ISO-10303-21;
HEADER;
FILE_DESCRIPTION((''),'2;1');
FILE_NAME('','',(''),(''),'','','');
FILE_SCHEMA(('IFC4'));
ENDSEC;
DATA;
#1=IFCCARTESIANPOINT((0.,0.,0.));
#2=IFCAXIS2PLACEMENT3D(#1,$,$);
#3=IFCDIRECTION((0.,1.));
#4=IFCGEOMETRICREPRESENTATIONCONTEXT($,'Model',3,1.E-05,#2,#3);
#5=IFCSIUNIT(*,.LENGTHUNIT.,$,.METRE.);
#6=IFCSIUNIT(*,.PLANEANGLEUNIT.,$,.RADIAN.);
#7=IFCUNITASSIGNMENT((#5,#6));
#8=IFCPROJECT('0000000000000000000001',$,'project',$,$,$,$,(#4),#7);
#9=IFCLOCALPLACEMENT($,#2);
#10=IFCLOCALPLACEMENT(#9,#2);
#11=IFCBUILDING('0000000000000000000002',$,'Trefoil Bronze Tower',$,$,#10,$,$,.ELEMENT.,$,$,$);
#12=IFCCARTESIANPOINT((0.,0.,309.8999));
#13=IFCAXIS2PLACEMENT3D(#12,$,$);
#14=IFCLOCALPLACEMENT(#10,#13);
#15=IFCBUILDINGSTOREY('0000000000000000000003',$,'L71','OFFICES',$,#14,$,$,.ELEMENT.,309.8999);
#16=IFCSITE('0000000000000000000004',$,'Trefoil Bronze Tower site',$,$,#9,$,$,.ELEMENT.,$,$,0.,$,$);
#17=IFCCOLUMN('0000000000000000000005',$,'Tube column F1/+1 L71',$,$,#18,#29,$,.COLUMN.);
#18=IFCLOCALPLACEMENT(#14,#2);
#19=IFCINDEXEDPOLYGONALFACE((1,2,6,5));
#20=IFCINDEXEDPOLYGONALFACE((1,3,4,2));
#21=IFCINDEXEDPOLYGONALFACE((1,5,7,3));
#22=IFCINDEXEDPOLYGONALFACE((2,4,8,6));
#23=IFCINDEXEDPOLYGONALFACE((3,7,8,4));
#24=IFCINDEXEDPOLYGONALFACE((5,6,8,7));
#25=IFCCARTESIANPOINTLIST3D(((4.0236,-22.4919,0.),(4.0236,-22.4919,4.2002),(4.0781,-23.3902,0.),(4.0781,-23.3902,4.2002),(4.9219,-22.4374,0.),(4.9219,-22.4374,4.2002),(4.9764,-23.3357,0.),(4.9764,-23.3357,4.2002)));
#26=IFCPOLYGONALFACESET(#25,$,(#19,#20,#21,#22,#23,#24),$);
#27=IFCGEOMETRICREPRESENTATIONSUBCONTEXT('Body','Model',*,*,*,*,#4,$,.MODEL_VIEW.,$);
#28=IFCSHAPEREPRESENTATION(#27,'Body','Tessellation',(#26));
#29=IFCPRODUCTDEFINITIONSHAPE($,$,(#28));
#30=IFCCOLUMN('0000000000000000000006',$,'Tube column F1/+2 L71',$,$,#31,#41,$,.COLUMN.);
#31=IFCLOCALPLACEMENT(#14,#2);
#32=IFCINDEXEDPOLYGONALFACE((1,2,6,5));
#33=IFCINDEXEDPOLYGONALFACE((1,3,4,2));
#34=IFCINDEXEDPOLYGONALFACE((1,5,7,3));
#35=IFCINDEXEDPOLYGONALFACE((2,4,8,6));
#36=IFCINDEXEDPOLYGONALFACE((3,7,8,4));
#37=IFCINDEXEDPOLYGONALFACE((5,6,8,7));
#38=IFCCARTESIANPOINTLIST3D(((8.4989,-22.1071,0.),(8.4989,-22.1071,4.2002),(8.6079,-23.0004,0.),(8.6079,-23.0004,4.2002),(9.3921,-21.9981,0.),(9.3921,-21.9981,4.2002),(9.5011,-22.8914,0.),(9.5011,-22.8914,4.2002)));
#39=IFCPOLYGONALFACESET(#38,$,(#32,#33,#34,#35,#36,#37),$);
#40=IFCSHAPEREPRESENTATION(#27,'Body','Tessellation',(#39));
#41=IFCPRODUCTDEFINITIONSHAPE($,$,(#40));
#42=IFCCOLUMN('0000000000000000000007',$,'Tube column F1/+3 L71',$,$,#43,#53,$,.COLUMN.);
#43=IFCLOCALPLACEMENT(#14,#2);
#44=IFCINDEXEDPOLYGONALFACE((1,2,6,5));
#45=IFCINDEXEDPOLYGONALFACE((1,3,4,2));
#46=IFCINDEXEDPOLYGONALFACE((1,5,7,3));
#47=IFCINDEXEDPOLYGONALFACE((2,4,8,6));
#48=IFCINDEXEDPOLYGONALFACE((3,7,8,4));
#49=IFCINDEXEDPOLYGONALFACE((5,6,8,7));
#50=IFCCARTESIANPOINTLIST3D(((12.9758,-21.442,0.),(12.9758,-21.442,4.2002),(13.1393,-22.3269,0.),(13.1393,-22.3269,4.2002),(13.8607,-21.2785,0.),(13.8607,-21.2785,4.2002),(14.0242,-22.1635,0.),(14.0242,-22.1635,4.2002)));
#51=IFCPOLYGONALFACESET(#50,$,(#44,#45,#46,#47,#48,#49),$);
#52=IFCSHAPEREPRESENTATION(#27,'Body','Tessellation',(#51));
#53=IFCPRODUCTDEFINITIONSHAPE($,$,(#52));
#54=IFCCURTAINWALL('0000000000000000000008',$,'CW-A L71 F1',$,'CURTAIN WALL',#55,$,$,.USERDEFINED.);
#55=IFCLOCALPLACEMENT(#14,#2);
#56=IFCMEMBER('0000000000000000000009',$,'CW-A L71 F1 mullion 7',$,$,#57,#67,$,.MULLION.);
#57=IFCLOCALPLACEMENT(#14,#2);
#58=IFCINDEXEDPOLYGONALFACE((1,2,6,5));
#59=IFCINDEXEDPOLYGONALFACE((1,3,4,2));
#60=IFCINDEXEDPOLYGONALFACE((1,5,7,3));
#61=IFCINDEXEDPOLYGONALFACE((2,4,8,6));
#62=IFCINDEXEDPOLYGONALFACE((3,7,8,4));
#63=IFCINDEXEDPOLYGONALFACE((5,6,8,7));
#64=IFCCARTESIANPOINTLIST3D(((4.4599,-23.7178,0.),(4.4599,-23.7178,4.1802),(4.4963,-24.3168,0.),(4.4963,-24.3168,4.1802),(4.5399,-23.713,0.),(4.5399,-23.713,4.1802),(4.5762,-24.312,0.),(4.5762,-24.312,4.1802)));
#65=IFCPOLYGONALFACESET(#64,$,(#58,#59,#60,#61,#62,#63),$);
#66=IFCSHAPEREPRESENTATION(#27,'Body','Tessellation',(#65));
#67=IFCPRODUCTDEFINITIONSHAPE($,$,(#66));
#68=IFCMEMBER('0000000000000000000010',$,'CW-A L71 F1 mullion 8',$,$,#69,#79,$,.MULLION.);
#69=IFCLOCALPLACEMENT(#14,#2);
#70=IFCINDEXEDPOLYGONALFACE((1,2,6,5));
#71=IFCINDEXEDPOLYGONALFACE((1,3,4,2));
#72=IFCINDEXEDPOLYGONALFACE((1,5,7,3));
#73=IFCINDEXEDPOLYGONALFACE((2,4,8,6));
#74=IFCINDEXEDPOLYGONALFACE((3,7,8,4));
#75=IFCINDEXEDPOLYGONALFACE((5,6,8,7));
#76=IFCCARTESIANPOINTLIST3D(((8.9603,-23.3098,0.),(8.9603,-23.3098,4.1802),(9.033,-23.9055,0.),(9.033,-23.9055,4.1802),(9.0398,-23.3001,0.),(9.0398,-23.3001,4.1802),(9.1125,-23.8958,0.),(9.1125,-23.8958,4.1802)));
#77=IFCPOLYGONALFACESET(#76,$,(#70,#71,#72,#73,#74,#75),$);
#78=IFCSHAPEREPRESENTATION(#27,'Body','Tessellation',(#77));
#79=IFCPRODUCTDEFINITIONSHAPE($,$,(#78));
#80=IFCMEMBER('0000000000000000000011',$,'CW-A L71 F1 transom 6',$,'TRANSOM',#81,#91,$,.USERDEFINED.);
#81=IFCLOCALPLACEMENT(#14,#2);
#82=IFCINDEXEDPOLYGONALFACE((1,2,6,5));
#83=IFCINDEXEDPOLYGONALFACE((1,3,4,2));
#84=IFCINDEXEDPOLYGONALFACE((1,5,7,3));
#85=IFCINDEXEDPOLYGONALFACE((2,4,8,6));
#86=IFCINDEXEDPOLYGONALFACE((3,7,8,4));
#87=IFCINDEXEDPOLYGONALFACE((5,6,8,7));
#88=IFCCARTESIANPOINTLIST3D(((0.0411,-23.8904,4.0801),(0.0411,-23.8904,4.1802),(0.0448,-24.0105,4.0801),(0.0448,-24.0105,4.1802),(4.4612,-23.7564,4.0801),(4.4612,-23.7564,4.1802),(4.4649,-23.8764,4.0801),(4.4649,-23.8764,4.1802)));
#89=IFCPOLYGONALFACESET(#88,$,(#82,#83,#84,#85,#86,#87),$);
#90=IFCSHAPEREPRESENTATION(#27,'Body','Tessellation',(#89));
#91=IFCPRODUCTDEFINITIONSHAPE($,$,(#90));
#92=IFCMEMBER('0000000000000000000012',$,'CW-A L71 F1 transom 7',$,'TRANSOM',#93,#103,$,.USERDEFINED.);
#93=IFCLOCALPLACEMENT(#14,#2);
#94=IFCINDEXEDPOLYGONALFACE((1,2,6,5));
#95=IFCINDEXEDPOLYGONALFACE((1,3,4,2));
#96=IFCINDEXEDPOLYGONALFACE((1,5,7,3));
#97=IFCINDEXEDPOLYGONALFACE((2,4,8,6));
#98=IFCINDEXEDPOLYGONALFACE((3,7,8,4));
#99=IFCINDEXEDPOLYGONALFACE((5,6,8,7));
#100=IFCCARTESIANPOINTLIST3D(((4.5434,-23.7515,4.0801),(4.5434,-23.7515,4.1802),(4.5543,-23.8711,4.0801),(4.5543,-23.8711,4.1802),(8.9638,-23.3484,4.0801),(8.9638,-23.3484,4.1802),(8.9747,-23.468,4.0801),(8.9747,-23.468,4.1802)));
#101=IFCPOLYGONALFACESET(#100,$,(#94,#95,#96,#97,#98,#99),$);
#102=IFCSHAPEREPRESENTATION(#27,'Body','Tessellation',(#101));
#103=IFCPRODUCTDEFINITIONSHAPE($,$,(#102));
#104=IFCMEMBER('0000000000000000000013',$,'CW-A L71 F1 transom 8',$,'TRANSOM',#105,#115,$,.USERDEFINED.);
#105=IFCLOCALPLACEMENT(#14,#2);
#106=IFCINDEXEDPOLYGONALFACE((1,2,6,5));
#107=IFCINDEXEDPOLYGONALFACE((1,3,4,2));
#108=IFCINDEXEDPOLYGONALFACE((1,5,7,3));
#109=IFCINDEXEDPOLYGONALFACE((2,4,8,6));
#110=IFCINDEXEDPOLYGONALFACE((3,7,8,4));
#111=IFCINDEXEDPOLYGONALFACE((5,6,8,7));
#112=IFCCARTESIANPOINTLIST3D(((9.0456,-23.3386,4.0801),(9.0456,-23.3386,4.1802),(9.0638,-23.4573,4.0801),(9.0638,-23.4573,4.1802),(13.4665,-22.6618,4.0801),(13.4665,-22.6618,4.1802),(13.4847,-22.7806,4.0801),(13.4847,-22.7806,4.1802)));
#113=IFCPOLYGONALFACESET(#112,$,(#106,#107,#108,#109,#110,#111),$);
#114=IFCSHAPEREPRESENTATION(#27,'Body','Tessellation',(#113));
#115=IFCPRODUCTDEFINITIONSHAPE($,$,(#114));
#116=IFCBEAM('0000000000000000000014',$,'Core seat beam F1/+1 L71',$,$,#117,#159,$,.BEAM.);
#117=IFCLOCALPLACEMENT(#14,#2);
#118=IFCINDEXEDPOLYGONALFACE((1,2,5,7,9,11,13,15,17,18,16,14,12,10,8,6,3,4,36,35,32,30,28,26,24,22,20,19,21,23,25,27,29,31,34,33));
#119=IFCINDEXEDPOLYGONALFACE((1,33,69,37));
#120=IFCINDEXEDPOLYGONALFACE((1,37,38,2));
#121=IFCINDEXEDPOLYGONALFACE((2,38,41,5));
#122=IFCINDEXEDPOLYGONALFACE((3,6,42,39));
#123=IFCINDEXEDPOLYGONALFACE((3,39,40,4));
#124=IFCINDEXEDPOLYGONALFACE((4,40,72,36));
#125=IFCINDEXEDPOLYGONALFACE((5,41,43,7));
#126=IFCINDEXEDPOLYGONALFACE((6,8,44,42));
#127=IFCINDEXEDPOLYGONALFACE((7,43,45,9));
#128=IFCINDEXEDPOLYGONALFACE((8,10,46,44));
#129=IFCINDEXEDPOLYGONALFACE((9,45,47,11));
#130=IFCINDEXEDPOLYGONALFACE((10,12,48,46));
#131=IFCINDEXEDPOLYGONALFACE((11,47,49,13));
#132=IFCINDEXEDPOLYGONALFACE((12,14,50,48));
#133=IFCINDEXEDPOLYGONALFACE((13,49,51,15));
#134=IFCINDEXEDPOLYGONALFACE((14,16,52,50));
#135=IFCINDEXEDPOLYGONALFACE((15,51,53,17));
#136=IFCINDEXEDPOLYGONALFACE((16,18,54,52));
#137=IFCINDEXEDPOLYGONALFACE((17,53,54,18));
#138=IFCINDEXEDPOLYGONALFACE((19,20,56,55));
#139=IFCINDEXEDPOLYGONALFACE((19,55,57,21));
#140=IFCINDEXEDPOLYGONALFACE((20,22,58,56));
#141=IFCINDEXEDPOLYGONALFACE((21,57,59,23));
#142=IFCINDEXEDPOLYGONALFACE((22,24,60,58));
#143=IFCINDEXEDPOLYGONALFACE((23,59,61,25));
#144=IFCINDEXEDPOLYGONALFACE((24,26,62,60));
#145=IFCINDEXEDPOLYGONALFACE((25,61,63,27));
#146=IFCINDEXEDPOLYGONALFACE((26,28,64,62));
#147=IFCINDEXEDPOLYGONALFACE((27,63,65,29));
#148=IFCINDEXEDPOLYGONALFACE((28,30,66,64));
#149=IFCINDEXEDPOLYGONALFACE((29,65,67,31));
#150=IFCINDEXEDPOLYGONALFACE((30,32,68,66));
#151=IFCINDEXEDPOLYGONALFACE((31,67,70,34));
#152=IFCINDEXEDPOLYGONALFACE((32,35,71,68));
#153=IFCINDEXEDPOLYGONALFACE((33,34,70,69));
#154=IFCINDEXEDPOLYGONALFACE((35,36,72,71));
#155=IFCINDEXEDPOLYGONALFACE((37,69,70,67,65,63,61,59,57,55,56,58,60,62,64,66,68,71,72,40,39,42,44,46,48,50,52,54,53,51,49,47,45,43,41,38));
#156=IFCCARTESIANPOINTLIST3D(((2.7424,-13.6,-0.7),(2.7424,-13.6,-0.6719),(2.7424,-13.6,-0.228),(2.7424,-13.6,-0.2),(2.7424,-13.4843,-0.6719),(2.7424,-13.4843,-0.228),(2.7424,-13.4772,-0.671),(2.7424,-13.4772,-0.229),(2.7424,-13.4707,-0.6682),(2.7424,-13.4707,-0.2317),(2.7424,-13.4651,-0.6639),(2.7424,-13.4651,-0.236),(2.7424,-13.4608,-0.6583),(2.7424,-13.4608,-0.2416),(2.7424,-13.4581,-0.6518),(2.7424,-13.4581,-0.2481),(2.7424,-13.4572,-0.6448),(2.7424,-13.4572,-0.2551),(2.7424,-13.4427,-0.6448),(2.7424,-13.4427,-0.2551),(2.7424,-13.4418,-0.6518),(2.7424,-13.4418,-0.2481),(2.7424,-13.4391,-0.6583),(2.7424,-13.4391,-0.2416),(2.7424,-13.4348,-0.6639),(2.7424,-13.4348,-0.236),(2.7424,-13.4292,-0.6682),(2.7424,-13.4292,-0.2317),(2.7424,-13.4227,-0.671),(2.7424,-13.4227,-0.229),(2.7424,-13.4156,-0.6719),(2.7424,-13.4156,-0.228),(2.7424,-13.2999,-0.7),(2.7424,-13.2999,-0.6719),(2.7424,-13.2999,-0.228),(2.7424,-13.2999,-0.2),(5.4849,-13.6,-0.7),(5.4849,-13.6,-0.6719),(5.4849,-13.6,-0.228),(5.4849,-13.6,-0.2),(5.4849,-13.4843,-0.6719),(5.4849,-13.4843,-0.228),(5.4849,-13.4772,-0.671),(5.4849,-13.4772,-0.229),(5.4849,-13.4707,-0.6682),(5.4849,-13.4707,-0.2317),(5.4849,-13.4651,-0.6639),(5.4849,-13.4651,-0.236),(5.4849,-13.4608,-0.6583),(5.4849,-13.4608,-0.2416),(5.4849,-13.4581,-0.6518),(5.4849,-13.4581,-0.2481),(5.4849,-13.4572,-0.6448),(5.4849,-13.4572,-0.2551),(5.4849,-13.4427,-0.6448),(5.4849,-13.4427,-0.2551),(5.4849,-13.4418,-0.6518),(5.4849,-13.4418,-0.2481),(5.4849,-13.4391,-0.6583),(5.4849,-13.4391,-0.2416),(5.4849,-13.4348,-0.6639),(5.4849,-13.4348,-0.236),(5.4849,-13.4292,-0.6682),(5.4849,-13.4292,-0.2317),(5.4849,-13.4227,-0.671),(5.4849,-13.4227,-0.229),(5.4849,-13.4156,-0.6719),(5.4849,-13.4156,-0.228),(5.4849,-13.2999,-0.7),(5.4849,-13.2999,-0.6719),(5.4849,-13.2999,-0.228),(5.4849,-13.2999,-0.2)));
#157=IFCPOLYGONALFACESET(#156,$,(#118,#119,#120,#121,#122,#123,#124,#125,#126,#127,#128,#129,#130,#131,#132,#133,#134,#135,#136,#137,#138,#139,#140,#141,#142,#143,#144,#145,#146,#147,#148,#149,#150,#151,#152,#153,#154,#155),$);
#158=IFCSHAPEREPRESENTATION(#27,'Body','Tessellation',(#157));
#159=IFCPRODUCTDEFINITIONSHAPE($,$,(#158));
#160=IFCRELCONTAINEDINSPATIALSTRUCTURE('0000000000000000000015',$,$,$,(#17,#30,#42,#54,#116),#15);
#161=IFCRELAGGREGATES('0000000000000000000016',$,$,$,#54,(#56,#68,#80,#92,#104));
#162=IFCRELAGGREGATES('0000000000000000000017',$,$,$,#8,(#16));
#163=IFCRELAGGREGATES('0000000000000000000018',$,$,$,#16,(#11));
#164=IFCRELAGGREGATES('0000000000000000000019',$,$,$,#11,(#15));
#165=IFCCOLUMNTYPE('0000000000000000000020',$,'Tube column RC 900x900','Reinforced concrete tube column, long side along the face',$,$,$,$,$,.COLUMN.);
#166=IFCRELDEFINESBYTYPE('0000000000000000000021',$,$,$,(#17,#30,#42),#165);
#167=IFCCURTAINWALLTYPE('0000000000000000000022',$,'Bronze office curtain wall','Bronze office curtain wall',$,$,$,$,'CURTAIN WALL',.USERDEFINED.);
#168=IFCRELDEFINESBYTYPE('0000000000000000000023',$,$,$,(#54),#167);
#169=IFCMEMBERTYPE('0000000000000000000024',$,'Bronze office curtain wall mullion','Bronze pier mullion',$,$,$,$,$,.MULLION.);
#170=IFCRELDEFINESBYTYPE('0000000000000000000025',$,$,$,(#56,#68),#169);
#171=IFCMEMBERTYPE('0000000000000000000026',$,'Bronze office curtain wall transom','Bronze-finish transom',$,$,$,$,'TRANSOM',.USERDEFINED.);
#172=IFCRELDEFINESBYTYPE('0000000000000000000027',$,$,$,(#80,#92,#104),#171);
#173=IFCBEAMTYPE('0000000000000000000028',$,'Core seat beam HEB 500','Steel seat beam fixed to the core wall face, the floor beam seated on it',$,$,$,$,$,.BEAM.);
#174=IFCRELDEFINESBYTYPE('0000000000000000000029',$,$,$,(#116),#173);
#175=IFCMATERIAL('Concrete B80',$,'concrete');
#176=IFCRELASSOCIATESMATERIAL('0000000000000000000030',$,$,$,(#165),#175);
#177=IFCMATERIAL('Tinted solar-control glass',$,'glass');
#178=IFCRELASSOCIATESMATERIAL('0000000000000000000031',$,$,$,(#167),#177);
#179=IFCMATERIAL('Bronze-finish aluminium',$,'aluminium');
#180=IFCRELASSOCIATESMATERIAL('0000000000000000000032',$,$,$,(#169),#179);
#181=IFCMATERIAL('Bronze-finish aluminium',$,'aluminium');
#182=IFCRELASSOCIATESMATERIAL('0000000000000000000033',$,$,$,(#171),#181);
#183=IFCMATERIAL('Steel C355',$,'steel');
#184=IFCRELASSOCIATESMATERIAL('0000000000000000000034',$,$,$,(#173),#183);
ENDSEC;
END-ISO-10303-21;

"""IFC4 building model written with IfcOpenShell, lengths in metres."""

from ifc_helpers import new_model, si_unit, direction, frame, origin, origin_2d, place, context, subcontext, project, spatial, rectangle, i_section, extrude, material, material_profile, profile_set, type_object, element, aggregate, save


model = new_model("IFC4")

# Units and contexts
model_context = context("Model", 3, precision=1e-05, world=origin(), true_north=direction((0.0, 1.0)))
body_context = subcontext(model_context, "Body", "Model", "MODEL_VIEW")
ifc_project = project(units=[si_unit("LENGTHUNIT", "METRE"), si_unit("PLANEANGLEUNIT", "RADIAN")], contexts=[model_context])

# Site, building, storey
site_placement = place(None, origin())
site = spatial("IfcSite", under=ifc_project, at=site_placement, Name="Trefoil Bronze Tower site", CompositionType="ELEMENT", RefElevation=0.0)
building_placement = place(site_placement, origin())
building = spatial("IfcBuilding", under=site, at=building_placement, Name="Trefoil Bronze Tower", CompositionType="ELEMENT")
storey_placement = place(building_placement, frame((0.0, 0.0, 309.8999)))
storey = spatial("IfcBuildingStorey", under=building, at=storey_placement, Name="L71", Description="OFFICES", CompositionType="ELEMENT", Elevation=309.8999)

# Columns
ifc_material_1 = material(Name="Concrete B80", Category="concrete")
ifc_material_profile_1 = material_profile(ifc_material_1, rectangle(XDim=0.8999, YDim=0.8999, at=origin_2d()), Name="RC 900x900")
ifc_profile_set_1 = profile_set([ifc_material_profile_1], Name="Concrete B80")
column_type = type_object("IfcColumnType", Name="Tube column RC 900x900", Description="Reinforced concrete tube column, long side along the face", PredefinedType="COLUMN", material=ifc_profile_set_1)
for number, where, z_axis, x_axis, name in (
    (1, (4.5, -22.9138, 0.0), (0.0, 0.0, 1.0), (0.998165, 0.060554, 0.0), "Tube column F1/+1 L71"),
    (2, (9.0, -22.4993, 0.0), (0.0, 0.0, 1.0), (0.992639, 0.121109, 0.0), "Tube column F1/+2 L71"),
    (3, (13.5, -21.8027, 0.0), (0.0, 0.0, 1.0), (0.98336, 0.181667, 0.0), "Tube column F1/+3 L71"),
):
    element("IfcColumn", number, at=place(storey_placement, frame(where, z_axis=z_axis, x_axis=x_axis)), inside=storey, type_object=column_type, Name=name, PredefinedType="COLUMN", context=body_context, shape_type="SweptSolid", body=[
        extrude(rectangle(XDim=0.8999, YDim=0.8999, at=origin_2d()), origin(), (0.0, 0.0, 1.0), 4.2002),
    ])

# Curtain wall, members
ifc_material_2 = material(Name="Tinted solar-control glass", Category="glass")
curtain_wall_type = type_object("IfcCurtainWallType", Name="Bronze office curtain wall", Description="Bronze office curtain wall", ElementType="CURTAIN WALL", PredefinedType="USERDEFINED", material=ifc_material_2)
curtain_wall_placement = place(storey_placement, origin())
curtain_wall = element("IfcCurtainWall", 4, at=curtain_wall_placement, inside=storey, type_object=curtain_wall_type, Name="CW-A L71 F1", ObjectType="CURTAIN WALL", PredefinedType="USERDEFINED")
ifc_material_3 = material(Name="Bronze-finish aluminium", Category="aluminium")
ifc_material_profile_2 = material_profile(ifc_material_3, rectangle(XDim=0.6001, YDim=0.0801, at=origin_2d()), Name="CW-A mullion")
ifc_profile_set_2 = profile_set([ifc_material_profile_2], Name="Bronze-finish aluminium")
member_type_1 = type_object("IfcMemberType", Name="Bronze office curtain wall mullion", Description="Bronze pier mullion", PredefinedType="MULLION", material=ifc_profile_set_2)
member_1_placement = place(storey_placement, frame((4.5181, -24.0149, 0.0), z_axis=(0.0, 0.0, 1.0), x_axis=(-0.060554, 0.998165, 0.0)))
member_1 = element("IfcMember", 5, at=member_1_placement, type_object=member_type_1, Name="CW-A L71 F1 mullion 7", PredefinedType="MULLION", context=body_context, shape_type="SweptSolid", body=[
    extrude(rectangle(XDim=0.6001, YDim=0.0801, at=origin_2d()), origin(), (0.0, 0.0, 1.0), 4.1802),
])
member_2_placement = place(storey_placement, frame((9.0364, -23.6028, 0.0), z_axis=(0.0, 0.0, 1.0), x_axis=(-0.121109, 0.992639, 0.0)))
member_2 = element("IfcMember", 6, at=member_2_placement, type_object=member_type_1, Name="CW-A L71 F1 mullion 8", PredefinedType="MULLION", context=body_context, shape_type="SweptSolid", body=[
    extrude(rectangle(XDim=0.6001, YDim=0.0801, at=origin_2d()), origin(), (0.0, 0.0, 1.0), 4.1802),
])
ifc_material_4 = material(Name="Bronze-finish aluminium", Category="aluminium")
ifc_material_profile_3 = material_profile(ifc_material_4, rectangle(XDim=0.1201, YDim=0.1001, at=origin_2d()), Name="CW-A transom")
ifc_profile_set_3 = profile_set([ifc_material_profile_3], Name="Bronze-finish aluminium")
member_type_2 = type_object("IfcMemberType", Name="Bronze office curtain wall transom", Description="Bronze-finish transom", ElementType="TRANSOM", PredefinedType="USERDEFINED", material=ifc_profile_set_3)
member_3_placement = place(storey_placement, frame((0.043, -23.9504, 4.1301), z_axis=(0.999541, 0.030309, 0.0), x_axis=(-0.030309, 0.999541, 0.0)))
member_3 = element("IfcMember", 7, at=member_3_placement, type_object=member_type_2, Name="CW-A L71 F1 transom 6", ObjectType="TRANSOM", PredefinedType="USERDEFINED", context=body_context, shape_type="SweptSolid", body=[
    extrude(rectangle(XDim=0.1201, YDim=0.1001, at=origin_2d()), origin(), (0.0, 0.0, 1.0), 4.4221),
])
member_4_placement = place(storey_placement, frame((4.5488, -23.8113, 4.1301), z_axis=(0.995868, 0.090808, 0.0), x_axis=(-0.090808, 0.995868, 0.0)))
member_4 = element("IfcMember", 8, at=member_4_placement, type_object=member_type_2, Name="CW-A L71 F1 transom 7", ObjectType="TRANSOM", PredefinedType="USERDEFINED", context=body_context, shape_type="SweptSolid", body=[
    extrude(rectangle(XDim=0.1201, YDim=0.1001, at=origin_2d()), origin(), (0.0, 0.0, 1.0), 4.4387),
])
member_5_placement = place(storey_placement, frame((9.0547, -23.3979, 4.1301), z_axis=(0.988485, 0.151319, 0.0), x_axis=(-0.151319, 0.988485, 0.0)))
member_5 = element("IfcMember", 9, at=member_5_placement, type_object=member_type_2, Name="CW-A L71 F1 transom 8", ObjectType="TRANSOM", PredefinedType="USERDEFINED", context=body_context, shape_type="SweptSolid", body=[
    extrude(rectangle(XDim=0.1201, YDim=0.1001, at=origin_2d()), origin(), (0.0, 0.0, 1.0), 4.4724),
])

# Beam
ifc_material_5 = material(Name="Steel C355", Category="steel")
ifc_material_profile_4 = material_profile(ifc_material_5, i_section(OverallWidth=0.3, OverallDepth=0.5, WebThickness=0.0144, FlangeThickness=0.0281, FilletRadius=0.0271, at=origin_2d()), Name="HEB 500")
ifc_profile_set_4 = profile_set([ifc_material_profile_4], Name="Steel C355")
beam_type_1 = type_object("IfcBeamType", Name="Core seat beam HEB 500", Description="Steel seat beam fixed to the core wall face, the floor beam seated on it", PredefinedType="BEAM", material=ifc_profile_set_4)
for number, where, z_axis, x_axis, name in (
    (10, (2.7424, -13.45, -0.45), (1.0, 0.0, 0.0), (0.0, 1.0, 0.0), "Core seat beam F1/+1 L71"),
):
    element("IfcBeam", number, at=place(storey_placement, frame(where, z_axis=z_axis, x_axis=x_axis)), inside=storey, type_object=beam_type_1, Name=name, PredefinedType="BEAM", context=body_context, shape_type="SweptSolid", body=[
        extrude(i_section(OverallWidth=0.3, OverallDepth=0.5, WebThickness=0.0144, FlangeThickness=0.0281, FilletRadius=0.0271, at=origin_2d()), origin(), (0.0, 0.0, 1.0), 2.7424),
    ])

aggregate(curtain_wall, [member_1, member_2, member_3, member_4, member_5])

save(model, "model.ifc")
